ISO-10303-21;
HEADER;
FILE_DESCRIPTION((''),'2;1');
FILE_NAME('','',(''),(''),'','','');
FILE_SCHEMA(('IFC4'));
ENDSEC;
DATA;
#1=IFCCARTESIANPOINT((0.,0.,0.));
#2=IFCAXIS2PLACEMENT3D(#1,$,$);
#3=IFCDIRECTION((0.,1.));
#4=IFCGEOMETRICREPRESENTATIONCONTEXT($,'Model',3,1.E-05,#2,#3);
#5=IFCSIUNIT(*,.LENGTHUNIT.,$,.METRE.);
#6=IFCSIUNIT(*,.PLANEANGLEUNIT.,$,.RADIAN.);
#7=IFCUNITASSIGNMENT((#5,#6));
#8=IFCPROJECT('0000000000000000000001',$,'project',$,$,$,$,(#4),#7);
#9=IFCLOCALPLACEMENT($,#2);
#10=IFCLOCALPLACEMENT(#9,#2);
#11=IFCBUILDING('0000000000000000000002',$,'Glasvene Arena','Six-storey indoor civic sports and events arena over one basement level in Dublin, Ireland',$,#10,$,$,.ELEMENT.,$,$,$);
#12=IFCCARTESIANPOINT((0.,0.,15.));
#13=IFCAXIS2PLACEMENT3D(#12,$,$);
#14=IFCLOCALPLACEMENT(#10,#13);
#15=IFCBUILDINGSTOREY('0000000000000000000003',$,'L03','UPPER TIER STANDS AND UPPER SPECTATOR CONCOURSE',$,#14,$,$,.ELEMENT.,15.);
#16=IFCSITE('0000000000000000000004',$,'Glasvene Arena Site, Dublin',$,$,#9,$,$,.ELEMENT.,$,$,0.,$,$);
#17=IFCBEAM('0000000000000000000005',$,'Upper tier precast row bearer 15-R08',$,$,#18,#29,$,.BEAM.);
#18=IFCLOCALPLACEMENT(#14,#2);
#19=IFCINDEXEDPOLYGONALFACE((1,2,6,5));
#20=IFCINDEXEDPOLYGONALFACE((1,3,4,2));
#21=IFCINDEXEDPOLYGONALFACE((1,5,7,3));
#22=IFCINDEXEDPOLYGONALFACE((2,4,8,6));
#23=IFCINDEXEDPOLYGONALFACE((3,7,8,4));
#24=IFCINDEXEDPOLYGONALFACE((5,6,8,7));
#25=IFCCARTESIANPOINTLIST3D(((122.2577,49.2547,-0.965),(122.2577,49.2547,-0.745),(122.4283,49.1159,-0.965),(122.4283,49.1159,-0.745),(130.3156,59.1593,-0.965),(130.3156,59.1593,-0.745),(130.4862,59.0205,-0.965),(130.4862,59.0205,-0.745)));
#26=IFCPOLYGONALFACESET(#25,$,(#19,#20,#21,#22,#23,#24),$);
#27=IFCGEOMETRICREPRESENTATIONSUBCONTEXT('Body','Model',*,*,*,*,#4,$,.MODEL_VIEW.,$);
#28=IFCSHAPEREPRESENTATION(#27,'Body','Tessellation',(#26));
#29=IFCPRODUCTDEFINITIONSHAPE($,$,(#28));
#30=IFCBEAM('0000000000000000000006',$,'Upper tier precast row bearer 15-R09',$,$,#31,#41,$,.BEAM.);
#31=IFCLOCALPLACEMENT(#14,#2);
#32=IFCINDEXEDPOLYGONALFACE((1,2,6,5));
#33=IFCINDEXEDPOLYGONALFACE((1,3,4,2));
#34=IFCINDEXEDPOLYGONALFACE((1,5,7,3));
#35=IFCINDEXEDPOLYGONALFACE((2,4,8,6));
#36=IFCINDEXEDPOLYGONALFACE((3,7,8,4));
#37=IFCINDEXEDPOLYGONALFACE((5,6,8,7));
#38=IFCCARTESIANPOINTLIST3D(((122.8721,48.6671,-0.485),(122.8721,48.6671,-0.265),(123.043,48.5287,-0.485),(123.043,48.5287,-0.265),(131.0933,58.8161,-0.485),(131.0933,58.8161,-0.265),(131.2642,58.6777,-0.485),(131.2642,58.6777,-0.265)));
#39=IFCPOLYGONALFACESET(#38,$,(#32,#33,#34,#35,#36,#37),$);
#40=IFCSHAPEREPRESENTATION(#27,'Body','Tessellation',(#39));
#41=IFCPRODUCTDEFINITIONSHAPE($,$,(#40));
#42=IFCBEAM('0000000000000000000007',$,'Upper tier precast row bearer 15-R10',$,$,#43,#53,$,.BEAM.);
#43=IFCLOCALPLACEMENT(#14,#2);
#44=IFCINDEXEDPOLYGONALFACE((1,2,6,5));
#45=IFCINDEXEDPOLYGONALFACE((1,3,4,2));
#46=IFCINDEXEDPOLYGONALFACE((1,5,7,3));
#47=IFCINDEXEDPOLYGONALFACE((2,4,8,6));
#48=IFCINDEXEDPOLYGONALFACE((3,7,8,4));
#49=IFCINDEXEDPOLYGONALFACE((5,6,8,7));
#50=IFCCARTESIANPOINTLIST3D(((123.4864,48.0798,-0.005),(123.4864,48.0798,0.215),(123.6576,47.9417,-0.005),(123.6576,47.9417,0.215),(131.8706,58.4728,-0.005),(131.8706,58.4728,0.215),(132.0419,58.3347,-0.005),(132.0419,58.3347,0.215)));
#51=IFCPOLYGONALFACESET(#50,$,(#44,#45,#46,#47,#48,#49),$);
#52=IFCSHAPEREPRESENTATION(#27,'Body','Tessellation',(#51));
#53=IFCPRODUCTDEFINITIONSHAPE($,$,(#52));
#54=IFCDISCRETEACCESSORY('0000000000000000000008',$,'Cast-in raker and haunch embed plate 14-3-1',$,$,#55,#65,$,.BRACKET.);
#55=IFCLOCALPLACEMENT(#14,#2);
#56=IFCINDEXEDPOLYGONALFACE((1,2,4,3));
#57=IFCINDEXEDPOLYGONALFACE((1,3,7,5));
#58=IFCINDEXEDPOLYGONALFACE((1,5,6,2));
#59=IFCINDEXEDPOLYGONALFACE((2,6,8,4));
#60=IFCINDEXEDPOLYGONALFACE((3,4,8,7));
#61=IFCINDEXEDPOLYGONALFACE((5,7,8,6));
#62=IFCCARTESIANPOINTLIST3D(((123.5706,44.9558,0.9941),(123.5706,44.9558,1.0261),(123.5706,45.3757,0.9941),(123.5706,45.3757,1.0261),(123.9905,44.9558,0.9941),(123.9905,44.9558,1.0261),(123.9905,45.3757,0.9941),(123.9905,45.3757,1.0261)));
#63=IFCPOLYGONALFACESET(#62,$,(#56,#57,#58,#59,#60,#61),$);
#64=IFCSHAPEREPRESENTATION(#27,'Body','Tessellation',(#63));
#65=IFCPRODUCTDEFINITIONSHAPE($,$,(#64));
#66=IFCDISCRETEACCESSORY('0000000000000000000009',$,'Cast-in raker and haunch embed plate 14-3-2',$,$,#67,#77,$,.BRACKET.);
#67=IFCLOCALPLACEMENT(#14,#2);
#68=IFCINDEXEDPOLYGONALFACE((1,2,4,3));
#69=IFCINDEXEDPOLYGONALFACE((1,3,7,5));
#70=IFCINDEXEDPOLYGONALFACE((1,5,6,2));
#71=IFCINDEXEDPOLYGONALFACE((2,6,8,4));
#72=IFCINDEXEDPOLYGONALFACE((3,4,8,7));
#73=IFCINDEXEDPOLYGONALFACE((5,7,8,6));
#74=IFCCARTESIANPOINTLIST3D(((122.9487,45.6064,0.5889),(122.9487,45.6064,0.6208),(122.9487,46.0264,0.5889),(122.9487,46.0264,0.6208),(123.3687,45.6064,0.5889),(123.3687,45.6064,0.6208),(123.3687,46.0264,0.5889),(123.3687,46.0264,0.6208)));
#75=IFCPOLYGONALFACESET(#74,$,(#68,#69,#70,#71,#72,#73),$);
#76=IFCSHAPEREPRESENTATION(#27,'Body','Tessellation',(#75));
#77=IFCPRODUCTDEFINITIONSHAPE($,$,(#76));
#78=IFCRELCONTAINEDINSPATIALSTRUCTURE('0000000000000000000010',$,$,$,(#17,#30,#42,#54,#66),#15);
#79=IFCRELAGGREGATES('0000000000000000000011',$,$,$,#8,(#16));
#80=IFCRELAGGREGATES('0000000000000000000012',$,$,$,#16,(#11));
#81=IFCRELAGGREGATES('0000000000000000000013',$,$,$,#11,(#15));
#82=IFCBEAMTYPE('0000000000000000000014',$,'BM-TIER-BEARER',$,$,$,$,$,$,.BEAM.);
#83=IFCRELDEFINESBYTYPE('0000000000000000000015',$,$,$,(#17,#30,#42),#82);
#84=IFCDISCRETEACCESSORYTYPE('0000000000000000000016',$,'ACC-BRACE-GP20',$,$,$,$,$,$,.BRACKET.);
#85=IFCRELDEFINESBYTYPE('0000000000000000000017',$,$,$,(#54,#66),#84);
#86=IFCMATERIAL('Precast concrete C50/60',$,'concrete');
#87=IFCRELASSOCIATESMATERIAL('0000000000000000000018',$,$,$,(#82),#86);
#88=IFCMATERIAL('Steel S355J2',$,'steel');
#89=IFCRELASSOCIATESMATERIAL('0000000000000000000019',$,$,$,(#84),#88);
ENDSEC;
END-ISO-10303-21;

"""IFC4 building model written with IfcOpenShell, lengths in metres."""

from ifc_helpers import new_model, si_unit, direction, frame, origin, origin_2d, place, context, subcontext, project, spatial, rectangle, extrude, material, material_profile, profile_set, type_object, element, save


model = new_model("IFC4")

# Units and contexts
model_context = context("Model", 3, precision=1e-05, world=origin(), true_north=direction((0.0, 1.0)))
body_context = subcontext(model_context, "Body", "Model", "MODEL_VIEW")
ifc_project = project(units=[si_unit("LENGTHUNIT", "METRE"), si_unit("PLANEANGLEUNIT", "RADIAN")], contexts=[model_context])

# Site, building, storey
site_placement = place(None, origin())
site = spatial("IfcSite", under=ifc_project, at=site_placement, Name="Glasvene Arena Site, Dublin", CompositionType="ELEMENT", RefElevation=0.0)
building_placement = place(site_placement, origin())
building = spatial("IfcBuilding", under=site, at=building_placement, Name="Glasvene Arena", Description="Six-storey indoor civic sports and events arena over one basement level in Dublin, Ireland", CompositionType="ELEMENT")
storey_placement = place(building_placement, frame((0.0, 0.0, 15.0)))
storey = spatial("IfcBuildingStorey", under=building, at=storey_placement, Name="L03", Description="UPPER TIER STANDS AND UPPER SPECTATOR CONCOURSE", CompositionType="ELEMENT", Elevation=15.0)

# Shared definitions
ifc_material_1 = material(Name="Steel S355J2", Category="steel")

# Beams
ifc_material_2 = material(Name="Precast concrete C50/60", Category="concrete")
ifc_material_profile_1 = material_profile(ifc_material_2, rectangle(XDim=0.22, YDim=0.22, at=origin_2d()), Name="RC 220x220")
ifc_profile_set_1 = profile_set([ifc_material_profile_1], Name="Precast concrete C50/60")
beam_type_1 = type_object("IfcBeamType", Name="BM-TIER-BEARER", PredefinedType="BEAM", material=ifc_profile_set_1)
beam_1_placement = place(storey_placement, frame((122.343, 49.1853, -0.855), z_axis=(0.631084, 0.775714, 0.0), x_axis=(-0.775714, 0.631084, 0.0)))
element("IfcBeam", 1, at=beam_1_placement, inside=storey, type_object=beam_type_1, Name="Upper tier precast row bearer 15-R08", PredefinedType="BEAM", context=body_context, shape_type="SweptSolid", body=[
    extrude(rectangle(XDim=0.22, YDim=0.22, at=origin_2d()), origin(), (0.0, 0.0, 1.0), 12.7683),
])
beam_2_placement = place(storey_placement, frame((122.9575, 48.5979, -0.375), z_axis=(0.629448, 0.777043, 0.0), x_axis=(-0.777043, 0.629448, 0.0)))
element("IfcBeam", 2, at=beam_2_placement, inside=storey, type_object=beam_type_1, Name="Upper tier precast row bearer 15-R09", PredefinedType="BEAM", context=body_context, shape_type="SweptSolid", body=[
    extrude(rectangle(XDim=0.22, YDim=0.22, at=origin_2d()), origin(), (0.0, 0.0, 1.0), 13.061),
])
beam_3_placement = place(storey_placement, frame((123.572, 48.0107, 0.105), z_axis=(0.627878, 0.778312, 0.0), x_axis=(-0.778312, 0.627878, 0.0)))
element("IfcBeam", 3, at=beam_3_placement, inside=storey, type_object=beam_type_1, Name="Upper tier precast row bearer 15-R10", PredefinedType="BEAM", context=body_context, shape_type="SweptSolid", body=[
    extrude(rectangle(XDim=0.22, YDim=0.22, at=origin_2d()), origin(), (0.0, 0.0, 1.0), 13.3533),
])

# Discrete accessories
discrete_accessory_type = type_object("IfcDiscreteAccessoryType", Name="ACC-BRACE-GP20", PredefinedType="BRACKET", material=ifc_material_1)
for number, where, z_axis, x_axis, name in (
    (4, (123.7805, 45.1658, 0.9941), (0.0, 0.0, 1.0), (1.0, 0.0, 0.0), "Cast-in raker and haunch embed plate 14-3-1"),
    (5, (123.1587, 45.8164, 0.5889), (0.0, 0.0, 1.0), (1.0, 0.0, 0.0), "Cast-in raker and haunch embed plate 14-3-2"),
):
    element("IfcDiscreteAccessory", number, at=place(storey_placement, frame(where, z_axis=z_axis, x_axis=x_axis)), inside=storey, type_object=discrete_accessory_type, Name=name, PredefinedType="BRACKET", context=body_context, shape_type="SweptSolid", body=[
        extrude(rectangle(XDim=0.4199, YDim=0.4199, at=origin_2d()), origin(), (0.0, 0.0, 1.0), 0.032),
    ])

save(model, "model.ifc")
